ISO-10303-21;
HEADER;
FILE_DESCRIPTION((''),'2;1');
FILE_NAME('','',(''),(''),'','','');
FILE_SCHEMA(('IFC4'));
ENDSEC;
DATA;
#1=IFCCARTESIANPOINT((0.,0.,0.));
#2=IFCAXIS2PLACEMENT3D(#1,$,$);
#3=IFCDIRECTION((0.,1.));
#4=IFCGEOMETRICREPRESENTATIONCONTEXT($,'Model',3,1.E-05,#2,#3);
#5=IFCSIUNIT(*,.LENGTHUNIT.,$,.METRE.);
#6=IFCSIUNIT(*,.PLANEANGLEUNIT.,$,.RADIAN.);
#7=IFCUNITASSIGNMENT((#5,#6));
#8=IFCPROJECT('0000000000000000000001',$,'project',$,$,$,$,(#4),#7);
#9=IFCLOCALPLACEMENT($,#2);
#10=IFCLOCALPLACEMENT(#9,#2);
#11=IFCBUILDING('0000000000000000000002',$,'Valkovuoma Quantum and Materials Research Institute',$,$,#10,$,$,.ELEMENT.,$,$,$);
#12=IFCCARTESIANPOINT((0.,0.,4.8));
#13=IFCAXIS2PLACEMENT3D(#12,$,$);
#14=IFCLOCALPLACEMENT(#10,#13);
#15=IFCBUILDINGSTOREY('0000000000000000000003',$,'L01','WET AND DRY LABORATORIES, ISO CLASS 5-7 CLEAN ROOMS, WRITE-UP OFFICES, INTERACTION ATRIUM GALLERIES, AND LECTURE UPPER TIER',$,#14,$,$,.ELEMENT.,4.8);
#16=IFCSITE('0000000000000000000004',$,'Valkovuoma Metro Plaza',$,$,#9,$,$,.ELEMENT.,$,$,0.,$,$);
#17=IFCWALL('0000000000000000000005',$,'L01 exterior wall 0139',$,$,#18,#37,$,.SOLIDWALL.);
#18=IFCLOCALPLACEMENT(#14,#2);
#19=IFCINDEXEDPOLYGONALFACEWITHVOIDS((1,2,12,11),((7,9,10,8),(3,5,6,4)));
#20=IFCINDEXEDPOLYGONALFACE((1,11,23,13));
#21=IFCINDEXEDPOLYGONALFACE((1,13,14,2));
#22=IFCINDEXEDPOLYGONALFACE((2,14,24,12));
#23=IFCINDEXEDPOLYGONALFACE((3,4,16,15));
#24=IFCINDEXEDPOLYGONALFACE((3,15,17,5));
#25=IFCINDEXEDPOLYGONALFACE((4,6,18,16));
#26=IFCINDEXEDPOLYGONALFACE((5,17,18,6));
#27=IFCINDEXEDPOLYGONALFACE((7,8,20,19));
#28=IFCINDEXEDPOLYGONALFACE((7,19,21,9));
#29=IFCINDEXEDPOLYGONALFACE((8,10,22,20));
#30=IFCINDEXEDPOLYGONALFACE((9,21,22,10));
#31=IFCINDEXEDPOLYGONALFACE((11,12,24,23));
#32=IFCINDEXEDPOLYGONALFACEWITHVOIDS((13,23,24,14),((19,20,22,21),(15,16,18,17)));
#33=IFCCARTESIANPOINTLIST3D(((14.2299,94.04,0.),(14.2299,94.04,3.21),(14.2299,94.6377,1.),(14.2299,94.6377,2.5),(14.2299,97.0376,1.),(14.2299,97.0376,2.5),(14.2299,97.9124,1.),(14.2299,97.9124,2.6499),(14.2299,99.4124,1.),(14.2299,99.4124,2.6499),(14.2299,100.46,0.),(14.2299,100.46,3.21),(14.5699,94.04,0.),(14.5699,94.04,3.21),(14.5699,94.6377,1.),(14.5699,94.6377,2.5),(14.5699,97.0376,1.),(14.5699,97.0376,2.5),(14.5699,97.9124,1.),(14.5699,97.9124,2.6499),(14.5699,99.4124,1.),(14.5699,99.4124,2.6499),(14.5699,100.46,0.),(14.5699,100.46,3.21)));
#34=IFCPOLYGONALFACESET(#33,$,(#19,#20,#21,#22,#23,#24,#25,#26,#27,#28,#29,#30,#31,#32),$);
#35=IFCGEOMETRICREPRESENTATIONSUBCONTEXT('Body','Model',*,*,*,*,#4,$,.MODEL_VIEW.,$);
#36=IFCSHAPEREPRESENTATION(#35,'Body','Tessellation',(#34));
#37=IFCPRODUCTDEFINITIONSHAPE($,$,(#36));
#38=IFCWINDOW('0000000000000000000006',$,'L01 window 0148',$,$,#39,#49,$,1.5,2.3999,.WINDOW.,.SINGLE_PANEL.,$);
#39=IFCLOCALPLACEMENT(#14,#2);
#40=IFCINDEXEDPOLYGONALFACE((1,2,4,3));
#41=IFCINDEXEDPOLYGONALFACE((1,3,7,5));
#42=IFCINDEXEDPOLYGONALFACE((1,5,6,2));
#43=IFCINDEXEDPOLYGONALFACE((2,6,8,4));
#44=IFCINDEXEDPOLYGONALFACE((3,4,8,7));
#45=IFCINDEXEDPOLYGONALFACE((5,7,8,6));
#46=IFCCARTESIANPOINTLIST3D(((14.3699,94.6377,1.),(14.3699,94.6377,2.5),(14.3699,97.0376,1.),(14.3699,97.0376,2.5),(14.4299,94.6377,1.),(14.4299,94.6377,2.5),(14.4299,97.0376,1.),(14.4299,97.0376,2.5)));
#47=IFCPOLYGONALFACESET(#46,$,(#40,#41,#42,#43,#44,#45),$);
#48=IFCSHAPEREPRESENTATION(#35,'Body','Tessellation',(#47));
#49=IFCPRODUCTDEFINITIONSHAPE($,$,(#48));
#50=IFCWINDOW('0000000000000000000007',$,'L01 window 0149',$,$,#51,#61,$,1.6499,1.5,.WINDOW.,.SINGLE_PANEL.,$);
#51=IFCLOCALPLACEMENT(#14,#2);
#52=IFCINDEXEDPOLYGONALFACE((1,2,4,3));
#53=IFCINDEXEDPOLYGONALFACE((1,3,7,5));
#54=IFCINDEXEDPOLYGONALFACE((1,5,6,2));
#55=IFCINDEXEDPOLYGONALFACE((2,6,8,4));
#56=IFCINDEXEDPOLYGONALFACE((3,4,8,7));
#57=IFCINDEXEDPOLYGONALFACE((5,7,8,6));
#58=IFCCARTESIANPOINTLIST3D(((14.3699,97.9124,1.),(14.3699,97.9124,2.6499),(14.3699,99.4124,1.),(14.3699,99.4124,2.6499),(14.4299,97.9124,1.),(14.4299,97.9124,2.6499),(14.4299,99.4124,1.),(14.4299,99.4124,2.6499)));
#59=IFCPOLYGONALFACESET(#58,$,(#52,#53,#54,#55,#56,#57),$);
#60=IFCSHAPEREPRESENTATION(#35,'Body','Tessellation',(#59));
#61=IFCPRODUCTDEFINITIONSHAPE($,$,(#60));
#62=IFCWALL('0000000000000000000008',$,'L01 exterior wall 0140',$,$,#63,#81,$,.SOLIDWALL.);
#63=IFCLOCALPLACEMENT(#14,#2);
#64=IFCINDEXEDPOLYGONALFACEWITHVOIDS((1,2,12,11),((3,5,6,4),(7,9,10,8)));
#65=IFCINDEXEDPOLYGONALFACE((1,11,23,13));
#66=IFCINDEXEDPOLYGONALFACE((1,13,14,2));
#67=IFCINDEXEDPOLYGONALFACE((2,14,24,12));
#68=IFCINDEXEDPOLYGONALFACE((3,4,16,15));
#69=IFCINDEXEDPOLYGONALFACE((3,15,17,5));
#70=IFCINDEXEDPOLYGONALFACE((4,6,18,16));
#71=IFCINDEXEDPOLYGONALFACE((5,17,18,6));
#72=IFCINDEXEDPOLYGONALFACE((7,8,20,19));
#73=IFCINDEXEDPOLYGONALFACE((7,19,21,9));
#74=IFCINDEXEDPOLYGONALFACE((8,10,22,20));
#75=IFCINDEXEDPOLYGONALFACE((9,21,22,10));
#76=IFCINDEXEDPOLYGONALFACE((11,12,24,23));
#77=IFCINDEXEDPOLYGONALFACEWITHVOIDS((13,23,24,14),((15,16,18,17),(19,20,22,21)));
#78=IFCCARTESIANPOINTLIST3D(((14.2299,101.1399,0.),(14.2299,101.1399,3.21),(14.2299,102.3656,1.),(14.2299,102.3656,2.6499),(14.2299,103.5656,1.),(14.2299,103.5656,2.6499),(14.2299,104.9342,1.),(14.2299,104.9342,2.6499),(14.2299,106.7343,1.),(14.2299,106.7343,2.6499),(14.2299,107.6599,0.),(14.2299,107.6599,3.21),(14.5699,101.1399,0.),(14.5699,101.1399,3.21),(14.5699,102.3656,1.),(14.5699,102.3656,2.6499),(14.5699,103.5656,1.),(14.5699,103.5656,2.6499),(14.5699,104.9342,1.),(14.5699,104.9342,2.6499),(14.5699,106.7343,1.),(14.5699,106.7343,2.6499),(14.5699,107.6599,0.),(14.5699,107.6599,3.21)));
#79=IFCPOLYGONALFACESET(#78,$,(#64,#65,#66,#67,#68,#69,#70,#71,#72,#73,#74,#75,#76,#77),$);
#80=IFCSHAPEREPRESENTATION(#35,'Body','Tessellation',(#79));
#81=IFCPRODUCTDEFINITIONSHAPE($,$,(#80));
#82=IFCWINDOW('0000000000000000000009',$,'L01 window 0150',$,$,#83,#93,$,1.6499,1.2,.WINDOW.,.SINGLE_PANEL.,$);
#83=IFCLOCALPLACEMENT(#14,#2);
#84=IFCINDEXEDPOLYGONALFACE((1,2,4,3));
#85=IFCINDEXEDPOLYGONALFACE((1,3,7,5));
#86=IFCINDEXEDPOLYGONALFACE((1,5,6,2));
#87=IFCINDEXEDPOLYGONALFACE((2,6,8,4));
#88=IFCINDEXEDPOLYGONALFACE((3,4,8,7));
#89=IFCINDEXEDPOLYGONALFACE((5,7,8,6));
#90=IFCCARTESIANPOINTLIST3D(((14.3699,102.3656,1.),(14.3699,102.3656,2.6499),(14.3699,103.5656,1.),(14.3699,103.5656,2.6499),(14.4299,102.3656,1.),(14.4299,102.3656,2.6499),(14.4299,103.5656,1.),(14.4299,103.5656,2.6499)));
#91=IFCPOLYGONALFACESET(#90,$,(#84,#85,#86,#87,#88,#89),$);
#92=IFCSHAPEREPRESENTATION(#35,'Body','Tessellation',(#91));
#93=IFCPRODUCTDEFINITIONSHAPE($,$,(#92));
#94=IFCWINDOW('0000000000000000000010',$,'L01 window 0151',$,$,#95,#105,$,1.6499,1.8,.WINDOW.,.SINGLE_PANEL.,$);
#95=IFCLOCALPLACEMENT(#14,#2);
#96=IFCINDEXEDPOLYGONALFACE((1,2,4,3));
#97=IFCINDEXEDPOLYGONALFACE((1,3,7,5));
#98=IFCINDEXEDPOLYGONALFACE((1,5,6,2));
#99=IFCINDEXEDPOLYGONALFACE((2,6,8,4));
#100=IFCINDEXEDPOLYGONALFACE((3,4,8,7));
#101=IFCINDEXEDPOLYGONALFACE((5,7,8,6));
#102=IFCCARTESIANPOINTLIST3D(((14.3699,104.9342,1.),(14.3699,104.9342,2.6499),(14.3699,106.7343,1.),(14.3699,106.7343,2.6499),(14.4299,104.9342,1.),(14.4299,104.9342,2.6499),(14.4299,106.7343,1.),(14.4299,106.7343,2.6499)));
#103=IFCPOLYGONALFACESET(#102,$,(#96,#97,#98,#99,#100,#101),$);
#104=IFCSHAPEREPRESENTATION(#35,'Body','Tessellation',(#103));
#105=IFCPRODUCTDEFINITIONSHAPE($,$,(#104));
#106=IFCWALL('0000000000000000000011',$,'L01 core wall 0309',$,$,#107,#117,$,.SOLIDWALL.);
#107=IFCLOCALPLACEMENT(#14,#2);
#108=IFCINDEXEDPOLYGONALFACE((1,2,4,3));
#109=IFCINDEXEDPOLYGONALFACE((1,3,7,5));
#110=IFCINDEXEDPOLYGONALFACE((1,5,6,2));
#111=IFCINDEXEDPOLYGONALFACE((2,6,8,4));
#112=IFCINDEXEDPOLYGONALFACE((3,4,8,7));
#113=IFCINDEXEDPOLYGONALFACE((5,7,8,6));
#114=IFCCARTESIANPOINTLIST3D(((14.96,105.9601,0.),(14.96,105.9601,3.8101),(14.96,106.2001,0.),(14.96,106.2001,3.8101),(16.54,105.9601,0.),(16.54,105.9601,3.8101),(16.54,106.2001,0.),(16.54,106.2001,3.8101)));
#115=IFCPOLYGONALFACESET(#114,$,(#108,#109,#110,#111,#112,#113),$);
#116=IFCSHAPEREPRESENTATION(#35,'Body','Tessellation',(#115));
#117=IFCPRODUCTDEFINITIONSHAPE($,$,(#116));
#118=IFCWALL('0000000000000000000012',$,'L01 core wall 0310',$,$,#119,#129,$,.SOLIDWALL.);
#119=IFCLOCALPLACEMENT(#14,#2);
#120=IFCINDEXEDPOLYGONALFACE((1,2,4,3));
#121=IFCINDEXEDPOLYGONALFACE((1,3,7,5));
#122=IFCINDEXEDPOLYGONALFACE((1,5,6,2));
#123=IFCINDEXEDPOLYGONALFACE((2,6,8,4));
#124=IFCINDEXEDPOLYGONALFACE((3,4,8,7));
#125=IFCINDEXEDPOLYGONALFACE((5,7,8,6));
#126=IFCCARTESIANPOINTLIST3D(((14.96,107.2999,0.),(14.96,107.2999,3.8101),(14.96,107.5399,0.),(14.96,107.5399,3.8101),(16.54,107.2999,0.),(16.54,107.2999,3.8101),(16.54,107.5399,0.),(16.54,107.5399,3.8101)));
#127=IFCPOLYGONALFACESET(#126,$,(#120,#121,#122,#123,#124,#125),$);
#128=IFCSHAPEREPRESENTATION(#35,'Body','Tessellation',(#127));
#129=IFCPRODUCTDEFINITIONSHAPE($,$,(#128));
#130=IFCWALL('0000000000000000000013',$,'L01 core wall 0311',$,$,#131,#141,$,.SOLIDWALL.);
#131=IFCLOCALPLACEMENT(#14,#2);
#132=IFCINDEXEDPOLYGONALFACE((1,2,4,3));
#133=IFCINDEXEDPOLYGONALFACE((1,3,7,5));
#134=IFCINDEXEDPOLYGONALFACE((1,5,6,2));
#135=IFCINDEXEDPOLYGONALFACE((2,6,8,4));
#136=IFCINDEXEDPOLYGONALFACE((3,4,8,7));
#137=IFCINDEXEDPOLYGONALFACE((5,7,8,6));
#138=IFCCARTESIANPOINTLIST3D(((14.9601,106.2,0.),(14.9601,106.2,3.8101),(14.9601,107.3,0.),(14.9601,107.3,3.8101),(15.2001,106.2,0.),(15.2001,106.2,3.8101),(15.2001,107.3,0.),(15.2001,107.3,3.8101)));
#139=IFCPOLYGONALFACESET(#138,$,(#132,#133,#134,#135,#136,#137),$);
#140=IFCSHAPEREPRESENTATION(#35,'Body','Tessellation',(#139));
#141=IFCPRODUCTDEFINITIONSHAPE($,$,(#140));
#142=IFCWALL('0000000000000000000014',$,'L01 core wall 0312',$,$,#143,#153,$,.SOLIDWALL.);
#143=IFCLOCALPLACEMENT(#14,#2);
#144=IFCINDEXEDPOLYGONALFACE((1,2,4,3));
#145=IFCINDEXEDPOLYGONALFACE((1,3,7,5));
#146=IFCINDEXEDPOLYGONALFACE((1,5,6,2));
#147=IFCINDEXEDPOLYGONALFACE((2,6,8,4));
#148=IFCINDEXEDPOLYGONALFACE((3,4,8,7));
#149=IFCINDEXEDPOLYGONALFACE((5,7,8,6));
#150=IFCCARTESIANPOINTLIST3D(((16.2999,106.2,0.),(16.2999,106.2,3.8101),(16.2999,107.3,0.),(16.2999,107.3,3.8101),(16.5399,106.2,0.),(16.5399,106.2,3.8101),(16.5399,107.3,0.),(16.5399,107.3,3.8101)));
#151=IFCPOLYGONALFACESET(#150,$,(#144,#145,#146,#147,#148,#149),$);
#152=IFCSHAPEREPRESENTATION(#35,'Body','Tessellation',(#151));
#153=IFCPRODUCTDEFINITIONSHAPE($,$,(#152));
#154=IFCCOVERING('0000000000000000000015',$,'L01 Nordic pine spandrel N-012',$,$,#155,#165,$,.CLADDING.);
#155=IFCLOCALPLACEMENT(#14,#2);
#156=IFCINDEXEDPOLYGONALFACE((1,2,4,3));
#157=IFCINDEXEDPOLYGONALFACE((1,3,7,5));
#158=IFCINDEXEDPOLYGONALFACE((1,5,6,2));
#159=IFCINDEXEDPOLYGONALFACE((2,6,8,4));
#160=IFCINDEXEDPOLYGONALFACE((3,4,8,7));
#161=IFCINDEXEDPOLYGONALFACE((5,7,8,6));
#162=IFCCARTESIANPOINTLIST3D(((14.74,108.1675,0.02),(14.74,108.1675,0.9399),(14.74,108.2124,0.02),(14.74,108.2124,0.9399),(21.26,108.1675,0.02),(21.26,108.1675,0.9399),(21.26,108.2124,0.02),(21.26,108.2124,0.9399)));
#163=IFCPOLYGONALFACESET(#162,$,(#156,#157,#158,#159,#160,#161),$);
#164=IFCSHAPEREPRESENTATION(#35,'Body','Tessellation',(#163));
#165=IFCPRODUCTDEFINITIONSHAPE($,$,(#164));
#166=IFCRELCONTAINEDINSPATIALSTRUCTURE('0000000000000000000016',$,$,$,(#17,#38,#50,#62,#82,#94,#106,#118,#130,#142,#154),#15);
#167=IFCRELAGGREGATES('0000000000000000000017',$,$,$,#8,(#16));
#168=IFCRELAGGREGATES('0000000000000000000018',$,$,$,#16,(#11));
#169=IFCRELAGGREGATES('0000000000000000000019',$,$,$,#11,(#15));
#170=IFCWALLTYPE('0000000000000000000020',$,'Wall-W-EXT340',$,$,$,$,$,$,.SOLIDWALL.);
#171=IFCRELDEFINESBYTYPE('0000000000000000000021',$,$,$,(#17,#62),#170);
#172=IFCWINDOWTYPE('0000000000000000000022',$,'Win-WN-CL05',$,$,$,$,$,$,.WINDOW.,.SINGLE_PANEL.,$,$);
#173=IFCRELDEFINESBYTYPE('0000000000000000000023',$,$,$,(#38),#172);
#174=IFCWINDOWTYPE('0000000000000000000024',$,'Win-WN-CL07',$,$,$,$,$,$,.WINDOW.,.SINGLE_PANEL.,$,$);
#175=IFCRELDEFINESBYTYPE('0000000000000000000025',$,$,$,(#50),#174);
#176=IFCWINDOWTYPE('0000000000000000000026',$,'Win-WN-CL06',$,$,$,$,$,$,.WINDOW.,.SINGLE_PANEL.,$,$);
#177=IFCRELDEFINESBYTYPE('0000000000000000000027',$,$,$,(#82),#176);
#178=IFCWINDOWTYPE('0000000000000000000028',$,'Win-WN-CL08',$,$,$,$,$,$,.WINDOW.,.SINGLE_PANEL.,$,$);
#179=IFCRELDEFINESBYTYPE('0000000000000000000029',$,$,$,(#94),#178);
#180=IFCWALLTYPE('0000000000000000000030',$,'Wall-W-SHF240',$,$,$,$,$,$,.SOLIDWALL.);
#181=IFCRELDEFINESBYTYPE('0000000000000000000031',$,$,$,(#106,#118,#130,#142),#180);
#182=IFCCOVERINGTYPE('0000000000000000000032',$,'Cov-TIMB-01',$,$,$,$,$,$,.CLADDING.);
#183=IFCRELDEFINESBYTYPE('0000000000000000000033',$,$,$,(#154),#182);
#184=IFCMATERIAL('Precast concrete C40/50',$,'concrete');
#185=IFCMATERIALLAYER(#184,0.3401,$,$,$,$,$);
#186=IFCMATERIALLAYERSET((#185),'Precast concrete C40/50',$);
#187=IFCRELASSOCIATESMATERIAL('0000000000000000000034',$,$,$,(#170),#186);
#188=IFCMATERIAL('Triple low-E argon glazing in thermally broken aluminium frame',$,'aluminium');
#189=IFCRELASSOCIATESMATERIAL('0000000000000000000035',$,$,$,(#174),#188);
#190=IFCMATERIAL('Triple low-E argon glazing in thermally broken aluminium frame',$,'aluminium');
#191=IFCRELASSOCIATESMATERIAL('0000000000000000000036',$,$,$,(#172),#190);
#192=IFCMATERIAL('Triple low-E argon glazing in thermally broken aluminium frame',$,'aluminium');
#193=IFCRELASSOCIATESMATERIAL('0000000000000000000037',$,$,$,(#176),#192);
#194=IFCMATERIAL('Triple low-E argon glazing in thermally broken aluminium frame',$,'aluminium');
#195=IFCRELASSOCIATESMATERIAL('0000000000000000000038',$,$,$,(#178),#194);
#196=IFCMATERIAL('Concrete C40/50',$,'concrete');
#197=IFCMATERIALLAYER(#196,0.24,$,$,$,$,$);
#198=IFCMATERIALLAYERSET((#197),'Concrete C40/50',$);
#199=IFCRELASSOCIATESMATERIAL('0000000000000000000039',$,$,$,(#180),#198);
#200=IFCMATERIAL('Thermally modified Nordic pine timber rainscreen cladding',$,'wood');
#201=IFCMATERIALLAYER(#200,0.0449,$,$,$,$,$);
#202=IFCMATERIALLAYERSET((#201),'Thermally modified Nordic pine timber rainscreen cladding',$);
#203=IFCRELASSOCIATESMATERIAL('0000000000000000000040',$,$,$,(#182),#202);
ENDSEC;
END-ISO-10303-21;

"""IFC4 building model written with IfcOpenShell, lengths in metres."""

from ifc_helpers import new_model, si_unit, direction, frame, frame_2d, origin, origin_2d, place, context, subcontext, project, spatial, rectangle, extrude, material, layer, layer_set, type_object, element, fill, save


model = new_model("IFC4")

# Units and contexts
model_context = context("Model", 3, precision=1e-05, world=origin(), true_north=direction((0.0, 1.0)))
body_context = subcontext(model_context, "Body", "Model", "MODEL_VIEW")
ifc_project = project(units=[si_unit("LENGTHUNIT", "METRE"), si_unit("PLANEANGLEUNIT", "RADIAN")], contexts=[model_context])

# Site, building, storey
site_placement = place(None, origin())
site = spatial("IfcSite", under=ifc_project, at=site_placement, Name="Valkovuoma Metro Plaza", CompositionType="ELEMENT", RefElevation=0.0)
building_placement = place(site_placement, origin())
building = spatial("IfcBuilding", under=site, at=building_placement, Name="Valkovuoma Quantum and Materials Research Institute", CompositionType="ELEMENT")
storey_placement = place(building_placement, frame((0.0, 0.0, 4.8)))
storey = spatial("IfcBuildingStorey", under=building, at=storey_placement, Name="L01", Description="WET AND DRY LABORATORIES, ISO CLASS 5-7 CLEAN ROOMS, WRITE-UP OFFICES, INTERACTION ATRIUM GALLERIES, AND LECTURE UPPER TIER", CompositionType="ELEMENT", Elevation=4.8)

# Walls, openings, windows
ifc_material_1 = material(Name="Precast concrete C40/50", Category="concrete")
ifc_layer_1 = layer(ifc_material_1, 0.3401)
ifc_layer_set_1 = layer_set([ifc_layer_1], Name="Precast concrete C40/50")
wall_type_1 = type_object("IfcWallType", Name="Wall-W-EXT340", PredefinedType="SOLIDWALL", material=ifc_layer_set_1)
ifc_material_2 = material(Name="Triple low-E argon glazing in thermally broken aluminium frame", Category="aluminium")
window_type_1 = type_object("IfcWindowType", Name="Win-WN-CL07", PartitioningType="SINGLE_PANEL", PredefinedType="WINDOW", material=ifc_material_2)
wall_1_placement = place(storey_placement, frame((14.3999, 94.04, 0.0), z_axis=(0.0, 0.0, 1.0), x_axis=(0.0, 1.0, 0.0)))
wall_1 = element("IfcWall", 1, at=wall_1_placement, inside=storey, type_object=wall_type_1, Name="L01 exterior wall 0139", PredefinedType="SOLIDWALL", context=body_context, shape_type="SweptSolid", body=[
    extrude(rectangle(XDim=6.4199, YDim=0.3401, at=frame_2d((3.21, 0.0))), origin(), (0.0, 0.0, 1.0), 3.21),
])
opening_1_placement = place(wall_1_placement, frame((0.5977, 0.0, 1.0)))
opening_1 = element("IfcOpeningElement", 2, at=opening_1_placement, cuts=wall_1, PredefinedType="OPENING", context=body_context, shape_type="SweptSolid", body=[
    extrude(rectangle(XDim=2.3999, YDim=1.5, at=frame_2d((1.2, 0.75))), frame((0.0, 0.1802, 0.0), z_axis=(0.0, -1.0, 0.0), x_axis=(1.0, 0.0, 0.0)), (0.0, 0.0, 1.0), 0.3601),
])
opening_2_placement = place(wall_1_placement, frame((3.8723, 0.0, 1.0)))
opening_2 = element("IfcOpeningElement", 3, at=opening_2_placement, cuts=wall_1, PredefinedType="OPENING", context=body_context, shape_type="SweptSolid", body=[
    extrude(rectangle(XDim=1.5, YDim=1.6499, at=frame_2d((0.75, 0.825))), frame((0.0, 0.1802, 0.0), z_axis=(0.0, -1.0, 0.0), x_axis=(1.0, 0.0, 0.0)), (0.0, 0.0, 1.0), 0.3601),
])
ifc_material_3 = material(Name="Triple low-E argon glazing in thermally broken aluminium frame", Category="aluminium")
window_type_2 = type_object("IfcWindowType", Name="Win-WN-CL05", PartitioningType="SINGLE_PANEL", PredefinedType="WINDOW", material=ifc_material_3)
window_1_placement = place(opening_1_placement, origin())
window_1 = element("IfcWindow", 4, at=window_1_placement, inside=storey, type_object=window_type_2, Name="L01 window 0148", OverallHeight=1.5, OverallWidth=2.3999, PartitioningType="SINGLE_PANEL", PredefinedType="WINDOW", context=body_context, shape_type="SweptSolid", body=[
    extrude(rectangle(XDim=2.3999, YDim=1.5, at=frame_2d((1.2, 0.75))), frame((0.0, 0.03, 0.0), z_axis=(0.0, -1.0, 0.0), x_axis=(1.0, 0.0, 0.0)), (0.0, 0.0, 1.0), 0.0601),
])
fill(opening_1, window_1)
window_2_placement = place(opening_2_placement, origin())
window_2 = element("IfcWindow", 5, at=window_2_placement, inside=storey, type_object=window_type_1, Name="L01 window 0149", OverallHeight=1.6499, OverallWidth=1.5, PartitioningType="SINGLE_PANEL", PredefinedType="WINDOW", context=body_context, shape_type="SweptSolid", body=[
    extrude(rectangle(XDim=1.5, YDim=1.6499, at=frame_2d((0.75, 0.825))), frame((0.0, 0.03, 0.0), z_axis=(0.0, -1.0, 0.0), x_axis=(1.0, 0.0, 0.0)), (0.0, 0.0, 1.0), 0.0601),
])
fill(opening_2, window_2)
wall_2_placement = place(storey_placement, frame((14.3999, 101.1399, 0.0), z_axis=(0.0, 0.0, 1.0), x_axis=(0.0, 1.0, 0.0)))
wall_2 = element("IfcWall", 6, at=wall_2_placement, inside=storey, type_object=wall_type_1, Name="L01 exterior wall 0140", PredefinedType="SOLIDWALL", context=body_context, shape_type="SweptSolid", body=[
    extrude(rectangle(XDim=6.52, YDim=0.3401, at=frame_2d((3.26, 0.0))), origin(), (0.0, 0.0, 1.0), 3.21),
])
opening_3_placement = place(wall_2_placement, frame((1.2256, 0.0, 1.0)))
opening_3 = element("IfcOpeningElement", 7, at=opening_3_placement, cuts=wall_2, PredefinedType="OPENING", context=body_context, shape_type="SweptSolid", body=[
    extrude(rectangle(XDim=1.2, YDim=1.6499, at=frame_2d((0.6001, 0.825))), frame((0.0, 0.1802, 0.0), z_axis=(0.0, -1.0, 0.0), x_axis=(1.0, 0.0, 0.0)), (0.0, 0.0, 1.0), 0.3601),
])
opening_4_placement = place(wall_2_placement, frame((3.7944, 0.0, 1.0)))
opening_4 = element("IfcOpeningElement", 8, at=opening_4_placement, cuts=wall_2, PredefinedType="OPENING", context=body_context, shape_type="SweptSolid", body=[
    extrude(rectangle(XDim=1.8, YDim=1.6499, at=frame_2d((0.8999, 0.825))), frame((0.0, 0.1802, 0.0), z_axis=(0.0, -1.0, 0.0), x_axis=(1.0, 0.0, 0.0)), (0.0, 0.0, 1.0), 0.3601),
])
ifc_material_4 = material(Name="Triple low-E argon glazing in thermally broken aluminium frame", Category="aluminium")
window_type_3 = type_object("IfcWindowType", Name="Win-WN-CL06", PartitioningType="SINGLE_PANEL", PredefinedType="WINDOW", material=ifc_material_4)
window_3_placement = place(opening_3_placement, origin())
window_3 = element("IfcWindow", 9, at=window_3_placement, inside=storey, type_object=window_type_3, Name="L01 window 0150", OverallHeight=1.6499, OverallWidth=1.2, PartitioningType="SINGLE_PANEL", PredefinedType="WINDOW", context=body_context, shape_type="SweptSolid", body=[
    extrude(rectangle(XDim=1.2, YDim=1.6499, at=frame_2d((0.6001, 0.825))), frame((0.0, 0.03, 0.0), z_axis=(0.0, -1.0, 0.0), x_axis=(1.0, 0.0, 0.0)), (0.0, 0.0, 1.0), 0.0601),
])
fill(opening_3, window_3)
ifc_material_5 = material(Name="Triple low-E argon glazing in thermally broken aluminium frame", Category="aluminium")
window_type_4 = type_object("IfcWindowType", Name="Win-WN-CL08", PartitioningType="SINGLE_PANEL", PredefinedType="WINDOW", material=ifc_material_5)
window_4_placement = place(opening_4_placement, origin())
window_4 = element("IfcWindow", 10, at=window_4_placement, inside=storey, type_object=window_type_4, Name="L01 window 0151", OverallHeight=1.6499, OverallWidth=1.8, PartitioningType="SINGLE_PANEL", PredefinedType="WINDOW", context=body_context, shape_type="SweptSolid", body=[
    extrude(rectangle(XDim=1.8, YDim=1.6499, at=frame_2d((0.8999, 0.825))), frame((0.0, 0.03, 0.0), z_axis=(0.0, -1.0, 0.0), x_axis=(1.0, 0.0, 0.0)), (0.0, 0.0, 1.0), 0.0601),
])
fill(opening_4, window_4)

# Walls
ifc_material_6 = material(Name="Concrete C40/50", Category="concrete")
ifc_layer_2 = layer(ifc_material_6, 0.24)
ifc_layer_set_2 = layer_set([ifc_layer_2], Name="Concrete C40/50")
wall_type_2 = type_object("IfcWallType", Name="Wall-W-SHF240", PredefinedType="SOLIDWALL", material=ifc_layer_set_2)
for number, where, z_axis, x_axis, name in (
    (11, (14.96, 106.0801, 0.0), (0.0, 0.0, 1.0), (1.0, 0.0, 0.0), "L01 core wall 0309"),
    (12, (14.96, 107.4199, 0.0), (0.0, 0.0, 1.0), (1.0, 0.0, 0.0), "L01 core wall 0310"),
):
    element("IfcWall", number, at=place(storey_placement, frame(where, z_axis=z_axis, x_axis=x_axis)), inside=storey, type_object=wall_type_2, Name=name, PredefinedType="SOLIDWALL", context=body_context, shape_type="SweptSolid", body=[
        extrude(rectangle(XDim=1.5801, YDim=0.24, at=frame_2d((0.79, 0.0))), origin(), (0.0, 0.0, 1.0), 3.8101),
    ])
for number, where, z_axis, x_axis, name in (
    (13, (15.0801, 106.2, 0.0), (0.0, 0.0, 1.0), (0.0, 1.0, 0.0), "L01 core wall 0311"),
    (14, (16.4199, 106.2, 0.0), (0.0, 0.0, 1.0), (0.0, 1.0, 0.0), "L01 core wall 0312"),
):
    element("IfcWall", number, at=place(storey_placement, frame(where, z_axis=z_axis, x_axis=x_axis)), inside=storey, type_object=wall_type_2, Name=name, PredefinedType="SOLIDWALL", context=body_context, shape_type="SweptSolid", body=[
        extrude(rectangle(XDim=1.1001, YDim=0.24, at=frame_2d((0.55, 0.0))), origin(), (0.0, 0.0, 1.0), 3.8101),
    ])

# Covering
ifc_material_7 = material(Name="Thermally modified Nordic pine timber rainscreen cladding", Category="wood")
ifc_layer_3 = layer(ifc_material_7, 0.0449)
ifc_layer_set_3 = layer_set([ifc_layer_3], Name="Thermally modified Nordic pine timber rainscreen cladding")
covering_type = type_object("IfcCoveringType", Name="Cov-TIMB-01", PredefinedType="CLADDING", material=ifc_layer_set_3)
covering_placement = place(storey_placement, frame((18.0, 108.1899, 0.02), z_axis=(0.0, 0.0, 1.0), x_axis=(1.0, 0.0, 0.0)))
element("IfcCovering", 15, at=covering_placement, inside=storey, type_object=covering_type, Name="L01 Nordic pine spandrel N-012", PredefinedType="CLADDING", context=body_context, shape_type="SweptSolid", body=[
    extrude(rectangle(XDim=6.52, YDim=0.0449, at=origin_2d()), origin(), (0.0, 0.0, 1.0), 0.9199),
])

save(model, "model.ifc")
